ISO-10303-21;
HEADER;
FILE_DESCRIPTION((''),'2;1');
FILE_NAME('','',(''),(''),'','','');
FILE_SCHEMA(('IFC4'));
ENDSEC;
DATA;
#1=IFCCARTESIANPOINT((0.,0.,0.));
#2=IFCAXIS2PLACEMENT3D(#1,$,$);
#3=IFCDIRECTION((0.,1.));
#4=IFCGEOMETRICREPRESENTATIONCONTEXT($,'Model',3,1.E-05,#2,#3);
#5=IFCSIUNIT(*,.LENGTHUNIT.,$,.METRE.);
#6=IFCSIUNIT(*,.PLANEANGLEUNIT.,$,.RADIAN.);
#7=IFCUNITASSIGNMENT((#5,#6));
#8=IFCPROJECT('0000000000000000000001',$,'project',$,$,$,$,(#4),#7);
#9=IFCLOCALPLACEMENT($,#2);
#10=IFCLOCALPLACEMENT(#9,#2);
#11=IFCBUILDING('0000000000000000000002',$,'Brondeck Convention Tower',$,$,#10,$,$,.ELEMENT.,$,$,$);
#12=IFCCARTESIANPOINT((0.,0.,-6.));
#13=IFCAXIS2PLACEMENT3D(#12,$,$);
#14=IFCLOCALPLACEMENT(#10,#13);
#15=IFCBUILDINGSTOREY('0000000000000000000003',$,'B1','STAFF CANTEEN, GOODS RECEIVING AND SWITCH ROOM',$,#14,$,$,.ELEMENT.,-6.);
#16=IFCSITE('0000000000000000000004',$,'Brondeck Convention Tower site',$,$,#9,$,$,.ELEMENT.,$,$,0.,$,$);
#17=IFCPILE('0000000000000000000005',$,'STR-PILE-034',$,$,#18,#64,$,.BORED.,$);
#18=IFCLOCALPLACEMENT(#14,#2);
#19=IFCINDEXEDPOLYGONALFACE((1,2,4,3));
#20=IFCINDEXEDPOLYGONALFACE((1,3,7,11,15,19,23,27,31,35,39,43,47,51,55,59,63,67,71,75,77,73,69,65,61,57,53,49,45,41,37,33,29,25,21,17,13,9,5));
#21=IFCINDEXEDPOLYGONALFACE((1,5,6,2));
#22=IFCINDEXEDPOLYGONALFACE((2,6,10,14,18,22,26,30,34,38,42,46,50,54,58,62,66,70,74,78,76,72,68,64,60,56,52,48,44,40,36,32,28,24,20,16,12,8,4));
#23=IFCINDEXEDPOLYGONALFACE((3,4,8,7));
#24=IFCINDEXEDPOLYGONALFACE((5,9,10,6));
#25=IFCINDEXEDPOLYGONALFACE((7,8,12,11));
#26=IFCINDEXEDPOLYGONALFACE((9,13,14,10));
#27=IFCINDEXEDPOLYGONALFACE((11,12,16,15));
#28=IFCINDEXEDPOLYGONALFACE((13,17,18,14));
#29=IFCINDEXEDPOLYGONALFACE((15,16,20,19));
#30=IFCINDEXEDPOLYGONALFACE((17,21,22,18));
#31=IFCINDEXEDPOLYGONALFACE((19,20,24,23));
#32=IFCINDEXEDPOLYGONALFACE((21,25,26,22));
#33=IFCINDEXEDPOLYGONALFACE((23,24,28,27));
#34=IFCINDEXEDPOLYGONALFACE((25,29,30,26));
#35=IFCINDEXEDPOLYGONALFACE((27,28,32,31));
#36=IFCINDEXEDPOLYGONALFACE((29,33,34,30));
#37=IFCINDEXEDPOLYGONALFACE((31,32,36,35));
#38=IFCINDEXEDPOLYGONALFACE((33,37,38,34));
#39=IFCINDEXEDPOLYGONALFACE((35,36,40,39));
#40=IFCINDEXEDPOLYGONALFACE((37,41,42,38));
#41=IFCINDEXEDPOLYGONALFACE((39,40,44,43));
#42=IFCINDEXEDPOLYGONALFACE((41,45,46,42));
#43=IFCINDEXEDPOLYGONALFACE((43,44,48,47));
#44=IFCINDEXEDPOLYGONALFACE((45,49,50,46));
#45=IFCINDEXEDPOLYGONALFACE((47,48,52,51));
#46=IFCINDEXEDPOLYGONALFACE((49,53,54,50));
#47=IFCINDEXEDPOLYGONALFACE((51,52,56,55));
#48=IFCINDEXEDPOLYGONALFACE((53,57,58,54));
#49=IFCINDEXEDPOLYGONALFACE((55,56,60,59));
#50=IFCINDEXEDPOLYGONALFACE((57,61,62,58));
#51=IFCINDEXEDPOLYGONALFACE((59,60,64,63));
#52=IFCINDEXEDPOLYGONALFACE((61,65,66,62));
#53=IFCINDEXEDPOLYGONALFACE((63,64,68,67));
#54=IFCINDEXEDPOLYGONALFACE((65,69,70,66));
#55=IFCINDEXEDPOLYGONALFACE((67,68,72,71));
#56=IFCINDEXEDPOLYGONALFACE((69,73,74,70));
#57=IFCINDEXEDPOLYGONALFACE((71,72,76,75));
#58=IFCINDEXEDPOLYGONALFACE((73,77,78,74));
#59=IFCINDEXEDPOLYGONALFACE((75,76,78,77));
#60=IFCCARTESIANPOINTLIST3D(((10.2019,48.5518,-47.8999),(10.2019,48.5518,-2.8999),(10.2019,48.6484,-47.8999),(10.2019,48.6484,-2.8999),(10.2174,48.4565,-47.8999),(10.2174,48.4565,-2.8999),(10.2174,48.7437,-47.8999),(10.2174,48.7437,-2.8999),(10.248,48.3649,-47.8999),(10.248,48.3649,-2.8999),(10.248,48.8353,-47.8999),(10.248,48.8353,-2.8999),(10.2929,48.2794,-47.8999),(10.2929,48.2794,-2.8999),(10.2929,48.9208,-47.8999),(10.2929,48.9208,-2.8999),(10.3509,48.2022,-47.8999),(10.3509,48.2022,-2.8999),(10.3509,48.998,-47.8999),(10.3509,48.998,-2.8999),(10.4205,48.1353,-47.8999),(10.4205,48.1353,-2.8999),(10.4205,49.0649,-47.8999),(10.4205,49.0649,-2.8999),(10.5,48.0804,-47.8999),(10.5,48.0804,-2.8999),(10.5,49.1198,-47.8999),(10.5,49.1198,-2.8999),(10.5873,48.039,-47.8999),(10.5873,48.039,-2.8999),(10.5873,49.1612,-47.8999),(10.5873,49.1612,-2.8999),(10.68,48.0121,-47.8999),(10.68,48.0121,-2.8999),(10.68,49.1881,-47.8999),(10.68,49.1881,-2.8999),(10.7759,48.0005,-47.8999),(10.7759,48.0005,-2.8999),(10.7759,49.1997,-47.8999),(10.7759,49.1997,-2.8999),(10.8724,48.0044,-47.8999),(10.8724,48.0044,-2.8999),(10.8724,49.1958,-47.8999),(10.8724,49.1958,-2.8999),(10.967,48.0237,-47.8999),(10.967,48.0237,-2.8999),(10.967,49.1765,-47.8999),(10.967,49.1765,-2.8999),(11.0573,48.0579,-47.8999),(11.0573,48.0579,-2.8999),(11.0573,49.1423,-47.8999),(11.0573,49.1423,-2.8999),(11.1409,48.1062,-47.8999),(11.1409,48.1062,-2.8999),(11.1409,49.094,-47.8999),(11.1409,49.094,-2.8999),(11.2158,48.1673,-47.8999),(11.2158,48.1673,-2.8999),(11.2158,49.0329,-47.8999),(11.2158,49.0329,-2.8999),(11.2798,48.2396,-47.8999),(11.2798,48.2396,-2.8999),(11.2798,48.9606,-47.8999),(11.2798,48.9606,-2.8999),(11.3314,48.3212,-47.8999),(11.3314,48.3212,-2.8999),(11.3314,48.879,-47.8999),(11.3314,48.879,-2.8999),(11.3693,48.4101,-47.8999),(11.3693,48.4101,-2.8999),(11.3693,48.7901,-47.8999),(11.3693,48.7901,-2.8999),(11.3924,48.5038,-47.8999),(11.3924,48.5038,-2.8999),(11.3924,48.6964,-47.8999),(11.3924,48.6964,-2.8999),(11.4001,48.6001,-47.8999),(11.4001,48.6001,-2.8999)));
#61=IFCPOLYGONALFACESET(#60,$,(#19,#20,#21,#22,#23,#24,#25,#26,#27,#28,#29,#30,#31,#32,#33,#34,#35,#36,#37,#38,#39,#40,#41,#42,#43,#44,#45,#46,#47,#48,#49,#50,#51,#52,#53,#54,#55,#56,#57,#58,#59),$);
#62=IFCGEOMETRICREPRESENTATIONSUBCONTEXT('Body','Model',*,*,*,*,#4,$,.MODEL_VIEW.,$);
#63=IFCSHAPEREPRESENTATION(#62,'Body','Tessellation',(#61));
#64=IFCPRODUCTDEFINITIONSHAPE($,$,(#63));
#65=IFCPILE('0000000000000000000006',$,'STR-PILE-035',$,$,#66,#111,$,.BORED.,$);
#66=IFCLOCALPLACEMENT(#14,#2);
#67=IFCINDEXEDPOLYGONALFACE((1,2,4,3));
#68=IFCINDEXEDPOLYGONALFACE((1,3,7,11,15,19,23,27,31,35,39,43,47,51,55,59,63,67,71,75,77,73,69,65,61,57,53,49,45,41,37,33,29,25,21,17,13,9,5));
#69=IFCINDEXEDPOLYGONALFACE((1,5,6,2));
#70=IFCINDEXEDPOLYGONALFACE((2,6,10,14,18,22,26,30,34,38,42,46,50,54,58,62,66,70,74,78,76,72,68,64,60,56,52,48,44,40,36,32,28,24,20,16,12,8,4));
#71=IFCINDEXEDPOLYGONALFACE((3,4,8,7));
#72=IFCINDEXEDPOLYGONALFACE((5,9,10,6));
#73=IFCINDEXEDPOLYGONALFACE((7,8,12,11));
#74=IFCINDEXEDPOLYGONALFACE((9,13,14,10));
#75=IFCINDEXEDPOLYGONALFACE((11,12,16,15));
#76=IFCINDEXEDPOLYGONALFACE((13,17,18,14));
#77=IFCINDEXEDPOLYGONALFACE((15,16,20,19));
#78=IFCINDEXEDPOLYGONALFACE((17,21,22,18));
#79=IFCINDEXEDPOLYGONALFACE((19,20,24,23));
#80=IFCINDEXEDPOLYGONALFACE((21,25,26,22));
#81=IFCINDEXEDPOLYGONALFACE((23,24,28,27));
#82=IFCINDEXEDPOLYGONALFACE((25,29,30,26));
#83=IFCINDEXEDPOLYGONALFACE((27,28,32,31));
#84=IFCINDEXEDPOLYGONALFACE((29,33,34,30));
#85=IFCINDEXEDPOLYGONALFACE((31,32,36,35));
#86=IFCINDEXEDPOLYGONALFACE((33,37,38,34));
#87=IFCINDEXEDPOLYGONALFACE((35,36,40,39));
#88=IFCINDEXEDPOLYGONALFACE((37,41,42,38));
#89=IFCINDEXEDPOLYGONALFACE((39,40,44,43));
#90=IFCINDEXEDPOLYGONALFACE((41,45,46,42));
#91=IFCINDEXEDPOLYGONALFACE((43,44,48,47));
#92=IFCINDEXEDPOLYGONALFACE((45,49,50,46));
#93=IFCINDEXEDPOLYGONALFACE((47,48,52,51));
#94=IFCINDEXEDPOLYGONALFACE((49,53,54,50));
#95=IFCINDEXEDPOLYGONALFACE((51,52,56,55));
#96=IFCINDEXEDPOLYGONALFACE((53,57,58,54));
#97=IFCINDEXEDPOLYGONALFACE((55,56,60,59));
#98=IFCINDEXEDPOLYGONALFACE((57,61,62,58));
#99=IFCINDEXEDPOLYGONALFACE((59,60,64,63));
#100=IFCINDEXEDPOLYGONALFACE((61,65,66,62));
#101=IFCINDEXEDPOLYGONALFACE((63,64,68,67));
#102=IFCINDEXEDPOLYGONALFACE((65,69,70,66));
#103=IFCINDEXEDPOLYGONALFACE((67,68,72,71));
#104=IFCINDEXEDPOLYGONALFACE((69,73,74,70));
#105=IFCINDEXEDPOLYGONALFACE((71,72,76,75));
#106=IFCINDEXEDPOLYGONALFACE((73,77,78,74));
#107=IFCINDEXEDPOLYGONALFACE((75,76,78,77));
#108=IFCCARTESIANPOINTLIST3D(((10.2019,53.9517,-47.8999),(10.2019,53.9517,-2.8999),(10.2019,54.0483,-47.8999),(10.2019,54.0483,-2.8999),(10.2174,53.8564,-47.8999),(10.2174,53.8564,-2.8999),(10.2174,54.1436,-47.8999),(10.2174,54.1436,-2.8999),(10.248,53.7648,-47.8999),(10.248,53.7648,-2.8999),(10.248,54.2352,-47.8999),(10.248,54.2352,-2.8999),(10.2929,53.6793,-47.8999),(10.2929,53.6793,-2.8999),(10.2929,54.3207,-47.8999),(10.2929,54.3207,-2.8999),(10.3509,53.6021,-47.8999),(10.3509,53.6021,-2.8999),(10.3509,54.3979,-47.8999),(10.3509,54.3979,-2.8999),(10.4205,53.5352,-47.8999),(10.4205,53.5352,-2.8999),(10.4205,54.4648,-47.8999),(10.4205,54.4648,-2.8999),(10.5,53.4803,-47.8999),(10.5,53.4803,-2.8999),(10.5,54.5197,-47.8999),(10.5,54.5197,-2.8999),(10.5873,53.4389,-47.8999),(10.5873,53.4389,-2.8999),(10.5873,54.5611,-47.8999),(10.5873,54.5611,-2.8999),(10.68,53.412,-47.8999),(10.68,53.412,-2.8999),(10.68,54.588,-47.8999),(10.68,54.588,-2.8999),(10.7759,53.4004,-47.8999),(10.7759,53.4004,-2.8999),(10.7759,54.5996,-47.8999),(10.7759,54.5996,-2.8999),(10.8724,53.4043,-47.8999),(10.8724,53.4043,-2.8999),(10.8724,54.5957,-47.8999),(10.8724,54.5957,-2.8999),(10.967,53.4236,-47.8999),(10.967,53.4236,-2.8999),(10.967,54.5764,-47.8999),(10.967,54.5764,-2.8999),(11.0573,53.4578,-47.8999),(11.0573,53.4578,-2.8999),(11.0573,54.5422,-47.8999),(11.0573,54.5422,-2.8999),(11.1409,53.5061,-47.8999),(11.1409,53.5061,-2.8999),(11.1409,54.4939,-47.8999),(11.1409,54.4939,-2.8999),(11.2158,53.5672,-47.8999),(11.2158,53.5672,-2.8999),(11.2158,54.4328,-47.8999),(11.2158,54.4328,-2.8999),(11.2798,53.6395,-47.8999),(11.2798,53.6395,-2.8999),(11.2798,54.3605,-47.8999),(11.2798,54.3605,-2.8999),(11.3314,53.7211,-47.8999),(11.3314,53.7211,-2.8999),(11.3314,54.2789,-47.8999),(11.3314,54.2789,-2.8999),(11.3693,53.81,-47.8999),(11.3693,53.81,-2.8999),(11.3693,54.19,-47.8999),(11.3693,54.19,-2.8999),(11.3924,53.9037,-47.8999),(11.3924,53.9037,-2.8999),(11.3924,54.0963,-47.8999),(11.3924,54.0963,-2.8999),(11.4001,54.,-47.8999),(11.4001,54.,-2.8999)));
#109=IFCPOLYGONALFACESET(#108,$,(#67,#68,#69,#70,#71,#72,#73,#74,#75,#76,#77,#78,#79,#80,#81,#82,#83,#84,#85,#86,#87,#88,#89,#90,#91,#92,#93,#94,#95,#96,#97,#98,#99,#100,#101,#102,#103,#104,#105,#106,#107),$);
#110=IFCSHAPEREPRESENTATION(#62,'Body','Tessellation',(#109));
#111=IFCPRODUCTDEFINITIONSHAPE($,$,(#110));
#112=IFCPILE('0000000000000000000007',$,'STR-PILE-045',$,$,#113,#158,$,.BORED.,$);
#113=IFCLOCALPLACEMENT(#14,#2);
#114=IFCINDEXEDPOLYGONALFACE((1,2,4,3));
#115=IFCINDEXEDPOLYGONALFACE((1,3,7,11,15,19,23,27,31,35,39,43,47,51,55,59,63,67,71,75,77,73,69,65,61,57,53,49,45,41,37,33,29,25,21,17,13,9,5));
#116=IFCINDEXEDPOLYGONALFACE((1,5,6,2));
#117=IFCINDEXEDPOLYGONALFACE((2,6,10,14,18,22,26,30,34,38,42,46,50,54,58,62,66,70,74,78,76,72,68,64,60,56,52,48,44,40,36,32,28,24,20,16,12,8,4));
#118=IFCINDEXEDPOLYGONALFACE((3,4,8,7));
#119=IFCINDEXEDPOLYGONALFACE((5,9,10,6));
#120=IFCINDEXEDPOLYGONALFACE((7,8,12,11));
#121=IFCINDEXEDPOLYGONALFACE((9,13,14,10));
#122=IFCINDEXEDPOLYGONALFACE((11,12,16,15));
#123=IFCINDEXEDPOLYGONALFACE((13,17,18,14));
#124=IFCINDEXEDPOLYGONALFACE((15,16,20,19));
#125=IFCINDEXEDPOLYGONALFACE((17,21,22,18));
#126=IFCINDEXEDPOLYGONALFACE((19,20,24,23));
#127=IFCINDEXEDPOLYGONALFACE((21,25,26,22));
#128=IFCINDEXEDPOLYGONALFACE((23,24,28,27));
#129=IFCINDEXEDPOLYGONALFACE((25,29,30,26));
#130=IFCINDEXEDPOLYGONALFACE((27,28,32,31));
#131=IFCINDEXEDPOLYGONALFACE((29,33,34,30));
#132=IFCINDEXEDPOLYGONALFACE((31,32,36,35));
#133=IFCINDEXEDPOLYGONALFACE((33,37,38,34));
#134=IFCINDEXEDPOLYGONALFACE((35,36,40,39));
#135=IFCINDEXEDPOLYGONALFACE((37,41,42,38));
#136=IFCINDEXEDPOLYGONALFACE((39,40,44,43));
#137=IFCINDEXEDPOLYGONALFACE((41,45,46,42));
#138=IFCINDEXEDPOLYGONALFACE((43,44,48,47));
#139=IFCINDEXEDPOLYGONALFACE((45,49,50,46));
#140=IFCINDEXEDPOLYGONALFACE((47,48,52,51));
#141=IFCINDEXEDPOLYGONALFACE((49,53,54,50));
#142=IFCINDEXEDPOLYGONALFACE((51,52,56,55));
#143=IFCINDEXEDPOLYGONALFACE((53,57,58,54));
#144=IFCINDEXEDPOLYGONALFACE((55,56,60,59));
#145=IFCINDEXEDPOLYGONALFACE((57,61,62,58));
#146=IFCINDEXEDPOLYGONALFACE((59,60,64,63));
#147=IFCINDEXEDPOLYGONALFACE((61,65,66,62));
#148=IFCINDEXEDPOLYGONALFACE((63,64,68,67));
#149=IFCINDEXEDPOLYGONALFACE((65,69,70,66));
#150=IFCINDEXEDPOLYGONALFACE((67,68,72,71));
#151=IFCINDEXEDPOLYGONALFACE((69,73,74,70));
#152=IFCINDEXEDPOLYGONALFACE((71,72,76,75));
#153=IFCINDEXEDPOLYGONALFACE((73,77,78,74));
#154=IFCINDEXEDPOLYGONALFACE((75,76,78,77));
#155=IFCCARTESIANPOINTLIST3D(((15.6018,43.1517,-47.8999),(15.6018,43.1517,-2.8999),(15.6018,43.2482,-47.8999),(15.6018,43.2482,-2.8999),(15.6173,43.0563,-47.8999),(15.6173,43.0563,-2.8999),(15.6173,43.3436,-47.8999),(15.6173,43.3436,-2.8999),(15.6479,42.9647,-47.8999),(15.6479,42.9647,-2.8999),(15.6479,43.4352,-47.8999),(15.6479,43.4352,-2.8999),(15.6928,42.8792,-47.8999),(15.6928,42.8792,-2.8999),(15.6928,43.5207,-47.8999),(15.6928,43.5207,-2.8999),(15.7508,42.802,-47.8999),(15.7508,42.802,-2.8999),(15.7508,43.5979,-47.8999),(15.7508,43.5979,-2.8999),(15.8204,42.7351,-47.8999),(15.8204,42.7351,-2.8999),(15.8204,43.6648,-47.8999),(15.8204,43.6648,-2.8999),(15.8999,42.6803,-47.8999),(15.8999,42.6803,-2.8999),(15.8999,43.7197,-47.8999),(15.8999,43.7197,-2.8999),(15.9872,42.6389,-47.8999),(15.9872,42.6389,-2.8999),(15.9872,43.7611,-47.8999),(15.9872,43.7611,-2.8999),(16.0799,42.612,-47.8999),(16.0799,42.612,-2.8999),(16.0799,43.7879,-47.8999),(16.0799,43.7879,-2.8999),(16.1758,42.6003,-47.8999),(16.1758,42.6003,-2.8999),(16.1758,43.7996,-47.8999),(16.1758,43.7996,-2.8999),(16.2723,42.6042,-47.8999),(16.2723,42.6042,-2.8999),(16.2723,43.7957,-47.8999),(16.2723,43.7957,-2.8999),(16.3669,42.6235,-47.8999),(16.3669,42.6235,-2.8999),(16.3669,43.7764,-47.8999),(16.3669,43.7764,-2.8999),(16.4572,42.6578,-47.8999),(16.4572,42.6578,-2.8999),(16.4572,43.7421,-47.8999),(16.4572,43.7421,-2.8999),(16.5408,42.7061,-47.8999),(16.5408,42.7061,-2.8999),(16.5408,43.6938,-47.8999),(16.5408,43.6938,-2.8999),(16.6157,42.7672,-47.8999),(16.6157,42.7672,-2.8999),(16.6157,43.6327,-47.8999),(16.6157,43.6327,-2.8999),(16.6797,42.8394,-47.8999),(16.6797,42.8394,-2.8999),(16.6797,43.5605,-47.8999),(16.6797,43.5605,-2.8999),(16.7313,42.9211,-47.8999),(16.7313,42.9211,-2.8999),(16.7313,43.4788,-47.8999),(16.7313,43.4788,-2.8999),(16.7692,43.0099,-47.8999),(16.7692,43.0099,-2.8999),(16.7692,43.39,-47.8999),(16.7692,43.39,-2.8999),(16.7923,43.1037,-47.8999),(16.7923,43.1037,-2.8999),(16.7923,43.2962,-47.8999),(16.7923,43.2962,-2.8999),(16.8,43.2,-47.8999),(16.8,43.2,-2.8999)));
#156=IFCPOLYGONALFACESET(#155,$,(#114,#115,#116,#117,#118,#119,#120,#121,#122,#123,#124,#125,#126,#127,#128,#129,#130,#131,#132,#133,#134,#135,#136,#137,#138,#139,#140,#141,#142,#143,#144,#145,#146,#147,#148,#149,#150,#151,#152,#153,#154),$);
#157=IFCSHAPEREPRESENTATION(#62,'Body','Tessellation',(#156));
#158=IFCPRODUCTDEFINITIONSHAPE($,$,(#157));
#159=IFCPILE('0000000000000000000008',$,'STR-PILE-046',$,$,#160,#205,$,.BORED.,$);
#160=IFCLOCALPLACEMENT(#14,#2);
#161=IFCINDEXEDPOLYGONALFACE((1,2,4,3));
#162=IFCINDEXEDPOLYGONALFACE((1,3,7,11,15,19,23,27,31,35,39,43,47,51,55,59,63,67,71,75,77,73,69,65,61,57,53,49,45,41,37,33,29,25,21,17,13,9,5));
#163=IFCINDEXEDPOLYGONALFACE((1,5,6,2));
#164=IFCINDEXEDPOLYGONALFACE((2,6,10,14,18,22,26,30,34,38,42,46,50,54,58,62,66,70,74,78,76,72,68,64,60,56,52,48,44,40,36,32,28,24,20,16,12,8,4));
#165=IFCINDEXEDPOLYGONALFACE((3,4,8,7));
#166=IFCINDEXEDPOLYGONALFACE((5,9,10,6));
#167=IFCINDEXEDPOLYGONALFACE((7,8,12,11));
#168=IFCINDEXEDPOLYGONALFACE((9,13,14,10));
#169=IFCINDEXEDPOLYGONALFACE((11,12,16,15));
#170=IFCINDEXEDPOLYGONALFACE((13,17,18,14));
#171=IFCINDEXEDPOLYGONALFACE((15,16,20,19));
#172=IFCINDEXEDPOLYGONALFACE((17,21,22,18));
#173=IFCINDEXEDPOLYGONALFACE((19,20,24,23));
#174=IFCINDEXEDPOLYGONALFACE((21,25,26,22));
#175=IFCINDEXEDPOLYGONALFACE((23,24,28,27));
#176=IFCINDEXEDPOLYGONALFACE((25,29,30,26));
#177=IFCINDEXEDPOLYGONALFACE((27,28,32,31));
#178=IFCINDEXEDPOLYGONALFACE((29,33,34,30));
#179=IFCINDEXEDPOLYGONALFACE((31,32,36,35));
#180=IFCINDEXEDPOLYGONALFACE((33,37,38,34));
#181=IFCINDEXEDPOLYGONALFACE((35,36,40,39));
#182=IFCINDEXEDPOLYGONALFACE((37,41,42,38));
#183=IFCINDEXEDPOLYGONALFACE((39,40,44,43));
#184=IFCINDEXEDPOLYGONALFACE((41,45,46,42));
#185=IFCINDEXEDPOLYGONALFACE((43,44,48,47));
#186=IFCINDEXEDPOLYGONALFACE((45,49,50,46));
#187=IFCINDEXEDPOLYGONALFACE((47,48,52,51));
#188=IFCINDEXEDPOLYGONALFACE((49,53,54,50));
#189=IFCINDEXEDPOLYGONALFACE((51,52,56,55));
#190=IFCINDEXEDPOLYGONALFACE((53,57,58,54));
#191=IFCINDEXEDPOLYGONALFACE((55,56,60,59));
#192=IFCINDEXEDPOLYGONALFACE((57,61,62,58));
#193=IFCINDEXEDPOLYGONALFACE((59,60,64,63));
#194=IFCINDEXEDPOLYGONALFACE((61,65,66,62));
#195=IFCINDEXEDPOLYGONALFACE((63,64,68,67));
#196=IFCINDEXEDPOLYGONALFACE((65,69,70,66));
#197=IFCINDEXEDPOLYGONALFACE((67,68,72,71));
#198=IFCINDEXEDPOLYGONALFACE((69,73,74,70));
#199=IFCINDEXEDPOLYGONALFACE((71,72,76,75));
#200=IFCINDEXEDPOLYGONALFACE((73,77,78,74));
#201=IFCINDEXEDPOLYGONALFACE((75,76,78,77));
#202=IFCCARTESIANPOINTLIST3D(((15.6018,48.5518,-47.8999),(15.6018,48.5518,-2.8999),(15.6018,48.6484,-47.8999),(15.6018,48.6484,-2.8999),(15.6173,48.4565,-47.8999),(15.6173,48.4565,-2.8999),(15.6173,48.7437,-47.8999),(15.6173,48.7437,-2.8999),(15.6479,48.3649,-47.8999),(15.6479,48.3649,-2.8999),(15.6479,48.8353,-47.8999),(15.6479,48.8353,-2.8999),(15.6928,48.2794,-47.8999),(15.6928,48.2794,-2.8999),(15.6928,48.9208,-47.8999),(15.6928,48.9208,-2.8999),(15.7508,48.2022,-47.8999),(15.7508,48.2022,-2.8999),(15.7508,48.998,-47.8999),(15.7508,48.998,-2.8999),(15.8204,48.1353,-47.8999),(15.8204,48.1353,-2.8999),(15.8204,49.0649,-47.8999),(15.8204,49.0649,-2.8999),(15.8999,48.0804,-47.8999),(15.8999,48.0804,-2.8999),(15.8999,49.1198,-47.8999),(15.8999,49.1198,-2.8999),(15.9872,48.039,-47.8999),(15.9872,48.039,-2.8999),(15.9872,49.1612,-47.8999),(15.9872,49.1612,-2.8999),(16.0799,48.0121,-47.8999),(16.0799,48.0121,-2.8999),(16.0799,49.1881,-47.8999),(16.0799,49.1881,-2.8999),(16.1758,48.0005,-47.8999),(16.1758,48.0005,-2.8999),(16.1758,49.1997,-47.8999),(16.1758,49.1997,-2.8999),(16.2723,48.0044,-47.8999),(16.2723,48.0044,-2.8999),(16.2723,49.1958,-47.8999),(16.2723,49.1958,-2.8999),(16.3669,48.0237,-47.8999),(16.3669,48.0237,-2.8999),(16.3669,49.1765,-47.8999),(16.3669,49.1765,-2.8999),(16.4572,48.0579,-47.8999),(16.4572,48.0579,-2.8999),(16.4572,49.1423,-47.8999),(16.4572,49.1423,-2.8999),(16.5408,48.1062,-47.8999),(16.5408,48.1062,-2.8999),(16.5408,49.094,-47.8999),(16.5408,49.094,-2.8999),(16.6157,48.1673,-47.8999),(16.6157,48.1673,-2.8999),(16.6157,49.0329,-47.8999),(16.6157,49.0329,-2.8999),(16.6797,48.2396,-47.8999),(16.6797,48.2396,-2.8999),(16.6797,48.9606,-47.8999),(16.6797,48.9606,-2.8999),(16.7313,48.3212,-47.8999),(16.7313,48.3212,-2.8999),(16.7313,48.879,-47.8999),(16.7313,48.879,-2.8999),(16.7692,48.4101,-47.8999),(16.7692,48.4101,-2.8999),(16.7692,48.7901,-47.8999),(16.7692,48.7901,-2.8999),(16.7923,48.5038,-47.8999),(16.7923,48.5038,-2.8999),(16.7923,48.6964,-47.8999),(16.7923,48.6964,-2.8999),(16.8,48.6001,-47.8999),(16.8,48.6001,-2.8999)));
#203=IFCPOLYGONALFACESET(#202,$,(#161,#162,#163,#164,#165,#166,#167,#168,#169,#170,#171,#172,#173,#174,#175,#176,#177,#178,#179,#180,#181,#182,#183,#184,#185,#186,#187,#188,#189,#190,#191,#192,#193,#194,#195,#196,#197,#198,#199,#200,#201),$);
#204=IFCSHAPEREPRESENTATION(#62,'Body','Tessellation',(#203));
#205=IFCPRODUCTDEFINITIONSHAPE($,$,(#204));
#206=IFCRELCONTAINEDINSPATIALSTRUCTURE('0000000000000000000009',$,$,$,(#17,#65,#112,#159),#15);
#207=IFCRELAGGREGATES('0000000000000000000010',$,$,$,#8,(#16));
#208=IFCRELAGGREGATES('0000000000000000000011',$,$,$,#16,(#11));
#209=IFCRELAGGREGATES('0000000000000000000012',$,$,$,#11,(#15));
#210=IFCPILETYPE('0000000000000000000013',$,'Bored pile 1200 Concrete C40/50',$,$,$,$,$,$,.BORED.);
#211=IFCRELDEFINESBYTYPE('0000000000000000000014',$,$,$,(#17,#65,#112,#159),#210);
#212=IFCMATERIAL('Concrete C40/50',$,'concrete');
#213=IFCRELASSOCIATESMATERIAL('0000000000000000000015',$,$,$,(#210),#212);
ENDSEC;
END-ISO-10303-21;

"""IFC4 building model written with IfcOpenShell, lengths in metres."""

from ifc_helpers import new_model, si_unit, direction, frame, origin, origin_2d, place, context, subcontext, project, spatial, circle, extrude, material, material_profile, profile_set, type_object, element, save


model = new_model("IFC4")

# Units and contexts
model_context = context("Model", 3, precision=1e-05, world=origin(), true_north=direction((0.0, 1.0)))
body_context = subcontext(model_context, "Body", "Model", "MODEL_VIEW")
ifc_project = project(units=[si_unit("LENGTHUNIT", "METRE"), si_unit("PLANEANGLEUNIT", "RADIAN")], contexts=[model_context])

# Site, building, storey
site_placement = place(None, origin())
site = spatial("IfcSite", under=ifc_project, at=site_placement, Name="Brondeck Convention Tower site", CompositionType="ELEMENT", RefElevation=0.0)
building_placement = place(site_placement, origin())
building = spatial("IfcBuilding", under=site, at=building_placement, Name="Brondeck Convention Tower", CompositionType="ELEMENT")
storey_placement = place(building_placement, frame((0.0, 0.0, -6.0)))
storey = spatial("IfcBuildingStorey", under=building, at=storey_placement, Name="B1", Description="STAFF CANTEEN, GOODS RECEIVING AND SWITCH ROOM", CompositionType="ELEMENT", Elevation=-6.0)

# Piles
ifc_material_1 = material(Name="Concrete C40/50", Category="concrete")
ifc_material_profile = material_profile(ifc_material_1, circle(Radius=0.6001, at=origin_2d()), Name="Bored pile 1200 Concrete C40/50")
ifc_profile_set = profile_set([ifc_material_profile], Name="Concrete C40/50")
pile_type = type_object("IfcPileType", Name="Bored pile 1200 Concrete C40/50", PredefinedType="BORED", material=ifc_profile_set)
for number, where, z_axis, x_axis, name in (
    (1, (10.8, 48.6001, -2.8999), (0.0, 0.0, -1.0), (1.0, 0.0, 0.0), "STR-PILE-034"),
    (2, (10.8, 54.0, -2.8999), (0.0, 0.0, -1.0), (1.0, 0.0, 0.0), "STR-PILE-035"),
    (3, (16.2, 43.2, -2.8999), (0.0, 0.0, -1.0), (1.0, 0.0, 0.0), "STR-PILE-045"),
    (4, (16.2, 48.6001, -2.8999), (0.0, 0.0, -1.0), (1.0, 0.0, 0.0), "STR-PILE-046"),
):
    element("IfcPile", number, at=place(storey_placement, frame(where, z_axis=z_axis, x_axis=x_axis)), inside=storey, type_object=pile_type, Name=name, PredefinedType="BORED", context=body_context, shape_type="SweptSolid", body=[
        extrude(circle(Radius=0.6001, at=origin_2d()), origin(), (0.0, 0.0, 1.0), 45.0),
    ])

save(model, "model.ifc")
